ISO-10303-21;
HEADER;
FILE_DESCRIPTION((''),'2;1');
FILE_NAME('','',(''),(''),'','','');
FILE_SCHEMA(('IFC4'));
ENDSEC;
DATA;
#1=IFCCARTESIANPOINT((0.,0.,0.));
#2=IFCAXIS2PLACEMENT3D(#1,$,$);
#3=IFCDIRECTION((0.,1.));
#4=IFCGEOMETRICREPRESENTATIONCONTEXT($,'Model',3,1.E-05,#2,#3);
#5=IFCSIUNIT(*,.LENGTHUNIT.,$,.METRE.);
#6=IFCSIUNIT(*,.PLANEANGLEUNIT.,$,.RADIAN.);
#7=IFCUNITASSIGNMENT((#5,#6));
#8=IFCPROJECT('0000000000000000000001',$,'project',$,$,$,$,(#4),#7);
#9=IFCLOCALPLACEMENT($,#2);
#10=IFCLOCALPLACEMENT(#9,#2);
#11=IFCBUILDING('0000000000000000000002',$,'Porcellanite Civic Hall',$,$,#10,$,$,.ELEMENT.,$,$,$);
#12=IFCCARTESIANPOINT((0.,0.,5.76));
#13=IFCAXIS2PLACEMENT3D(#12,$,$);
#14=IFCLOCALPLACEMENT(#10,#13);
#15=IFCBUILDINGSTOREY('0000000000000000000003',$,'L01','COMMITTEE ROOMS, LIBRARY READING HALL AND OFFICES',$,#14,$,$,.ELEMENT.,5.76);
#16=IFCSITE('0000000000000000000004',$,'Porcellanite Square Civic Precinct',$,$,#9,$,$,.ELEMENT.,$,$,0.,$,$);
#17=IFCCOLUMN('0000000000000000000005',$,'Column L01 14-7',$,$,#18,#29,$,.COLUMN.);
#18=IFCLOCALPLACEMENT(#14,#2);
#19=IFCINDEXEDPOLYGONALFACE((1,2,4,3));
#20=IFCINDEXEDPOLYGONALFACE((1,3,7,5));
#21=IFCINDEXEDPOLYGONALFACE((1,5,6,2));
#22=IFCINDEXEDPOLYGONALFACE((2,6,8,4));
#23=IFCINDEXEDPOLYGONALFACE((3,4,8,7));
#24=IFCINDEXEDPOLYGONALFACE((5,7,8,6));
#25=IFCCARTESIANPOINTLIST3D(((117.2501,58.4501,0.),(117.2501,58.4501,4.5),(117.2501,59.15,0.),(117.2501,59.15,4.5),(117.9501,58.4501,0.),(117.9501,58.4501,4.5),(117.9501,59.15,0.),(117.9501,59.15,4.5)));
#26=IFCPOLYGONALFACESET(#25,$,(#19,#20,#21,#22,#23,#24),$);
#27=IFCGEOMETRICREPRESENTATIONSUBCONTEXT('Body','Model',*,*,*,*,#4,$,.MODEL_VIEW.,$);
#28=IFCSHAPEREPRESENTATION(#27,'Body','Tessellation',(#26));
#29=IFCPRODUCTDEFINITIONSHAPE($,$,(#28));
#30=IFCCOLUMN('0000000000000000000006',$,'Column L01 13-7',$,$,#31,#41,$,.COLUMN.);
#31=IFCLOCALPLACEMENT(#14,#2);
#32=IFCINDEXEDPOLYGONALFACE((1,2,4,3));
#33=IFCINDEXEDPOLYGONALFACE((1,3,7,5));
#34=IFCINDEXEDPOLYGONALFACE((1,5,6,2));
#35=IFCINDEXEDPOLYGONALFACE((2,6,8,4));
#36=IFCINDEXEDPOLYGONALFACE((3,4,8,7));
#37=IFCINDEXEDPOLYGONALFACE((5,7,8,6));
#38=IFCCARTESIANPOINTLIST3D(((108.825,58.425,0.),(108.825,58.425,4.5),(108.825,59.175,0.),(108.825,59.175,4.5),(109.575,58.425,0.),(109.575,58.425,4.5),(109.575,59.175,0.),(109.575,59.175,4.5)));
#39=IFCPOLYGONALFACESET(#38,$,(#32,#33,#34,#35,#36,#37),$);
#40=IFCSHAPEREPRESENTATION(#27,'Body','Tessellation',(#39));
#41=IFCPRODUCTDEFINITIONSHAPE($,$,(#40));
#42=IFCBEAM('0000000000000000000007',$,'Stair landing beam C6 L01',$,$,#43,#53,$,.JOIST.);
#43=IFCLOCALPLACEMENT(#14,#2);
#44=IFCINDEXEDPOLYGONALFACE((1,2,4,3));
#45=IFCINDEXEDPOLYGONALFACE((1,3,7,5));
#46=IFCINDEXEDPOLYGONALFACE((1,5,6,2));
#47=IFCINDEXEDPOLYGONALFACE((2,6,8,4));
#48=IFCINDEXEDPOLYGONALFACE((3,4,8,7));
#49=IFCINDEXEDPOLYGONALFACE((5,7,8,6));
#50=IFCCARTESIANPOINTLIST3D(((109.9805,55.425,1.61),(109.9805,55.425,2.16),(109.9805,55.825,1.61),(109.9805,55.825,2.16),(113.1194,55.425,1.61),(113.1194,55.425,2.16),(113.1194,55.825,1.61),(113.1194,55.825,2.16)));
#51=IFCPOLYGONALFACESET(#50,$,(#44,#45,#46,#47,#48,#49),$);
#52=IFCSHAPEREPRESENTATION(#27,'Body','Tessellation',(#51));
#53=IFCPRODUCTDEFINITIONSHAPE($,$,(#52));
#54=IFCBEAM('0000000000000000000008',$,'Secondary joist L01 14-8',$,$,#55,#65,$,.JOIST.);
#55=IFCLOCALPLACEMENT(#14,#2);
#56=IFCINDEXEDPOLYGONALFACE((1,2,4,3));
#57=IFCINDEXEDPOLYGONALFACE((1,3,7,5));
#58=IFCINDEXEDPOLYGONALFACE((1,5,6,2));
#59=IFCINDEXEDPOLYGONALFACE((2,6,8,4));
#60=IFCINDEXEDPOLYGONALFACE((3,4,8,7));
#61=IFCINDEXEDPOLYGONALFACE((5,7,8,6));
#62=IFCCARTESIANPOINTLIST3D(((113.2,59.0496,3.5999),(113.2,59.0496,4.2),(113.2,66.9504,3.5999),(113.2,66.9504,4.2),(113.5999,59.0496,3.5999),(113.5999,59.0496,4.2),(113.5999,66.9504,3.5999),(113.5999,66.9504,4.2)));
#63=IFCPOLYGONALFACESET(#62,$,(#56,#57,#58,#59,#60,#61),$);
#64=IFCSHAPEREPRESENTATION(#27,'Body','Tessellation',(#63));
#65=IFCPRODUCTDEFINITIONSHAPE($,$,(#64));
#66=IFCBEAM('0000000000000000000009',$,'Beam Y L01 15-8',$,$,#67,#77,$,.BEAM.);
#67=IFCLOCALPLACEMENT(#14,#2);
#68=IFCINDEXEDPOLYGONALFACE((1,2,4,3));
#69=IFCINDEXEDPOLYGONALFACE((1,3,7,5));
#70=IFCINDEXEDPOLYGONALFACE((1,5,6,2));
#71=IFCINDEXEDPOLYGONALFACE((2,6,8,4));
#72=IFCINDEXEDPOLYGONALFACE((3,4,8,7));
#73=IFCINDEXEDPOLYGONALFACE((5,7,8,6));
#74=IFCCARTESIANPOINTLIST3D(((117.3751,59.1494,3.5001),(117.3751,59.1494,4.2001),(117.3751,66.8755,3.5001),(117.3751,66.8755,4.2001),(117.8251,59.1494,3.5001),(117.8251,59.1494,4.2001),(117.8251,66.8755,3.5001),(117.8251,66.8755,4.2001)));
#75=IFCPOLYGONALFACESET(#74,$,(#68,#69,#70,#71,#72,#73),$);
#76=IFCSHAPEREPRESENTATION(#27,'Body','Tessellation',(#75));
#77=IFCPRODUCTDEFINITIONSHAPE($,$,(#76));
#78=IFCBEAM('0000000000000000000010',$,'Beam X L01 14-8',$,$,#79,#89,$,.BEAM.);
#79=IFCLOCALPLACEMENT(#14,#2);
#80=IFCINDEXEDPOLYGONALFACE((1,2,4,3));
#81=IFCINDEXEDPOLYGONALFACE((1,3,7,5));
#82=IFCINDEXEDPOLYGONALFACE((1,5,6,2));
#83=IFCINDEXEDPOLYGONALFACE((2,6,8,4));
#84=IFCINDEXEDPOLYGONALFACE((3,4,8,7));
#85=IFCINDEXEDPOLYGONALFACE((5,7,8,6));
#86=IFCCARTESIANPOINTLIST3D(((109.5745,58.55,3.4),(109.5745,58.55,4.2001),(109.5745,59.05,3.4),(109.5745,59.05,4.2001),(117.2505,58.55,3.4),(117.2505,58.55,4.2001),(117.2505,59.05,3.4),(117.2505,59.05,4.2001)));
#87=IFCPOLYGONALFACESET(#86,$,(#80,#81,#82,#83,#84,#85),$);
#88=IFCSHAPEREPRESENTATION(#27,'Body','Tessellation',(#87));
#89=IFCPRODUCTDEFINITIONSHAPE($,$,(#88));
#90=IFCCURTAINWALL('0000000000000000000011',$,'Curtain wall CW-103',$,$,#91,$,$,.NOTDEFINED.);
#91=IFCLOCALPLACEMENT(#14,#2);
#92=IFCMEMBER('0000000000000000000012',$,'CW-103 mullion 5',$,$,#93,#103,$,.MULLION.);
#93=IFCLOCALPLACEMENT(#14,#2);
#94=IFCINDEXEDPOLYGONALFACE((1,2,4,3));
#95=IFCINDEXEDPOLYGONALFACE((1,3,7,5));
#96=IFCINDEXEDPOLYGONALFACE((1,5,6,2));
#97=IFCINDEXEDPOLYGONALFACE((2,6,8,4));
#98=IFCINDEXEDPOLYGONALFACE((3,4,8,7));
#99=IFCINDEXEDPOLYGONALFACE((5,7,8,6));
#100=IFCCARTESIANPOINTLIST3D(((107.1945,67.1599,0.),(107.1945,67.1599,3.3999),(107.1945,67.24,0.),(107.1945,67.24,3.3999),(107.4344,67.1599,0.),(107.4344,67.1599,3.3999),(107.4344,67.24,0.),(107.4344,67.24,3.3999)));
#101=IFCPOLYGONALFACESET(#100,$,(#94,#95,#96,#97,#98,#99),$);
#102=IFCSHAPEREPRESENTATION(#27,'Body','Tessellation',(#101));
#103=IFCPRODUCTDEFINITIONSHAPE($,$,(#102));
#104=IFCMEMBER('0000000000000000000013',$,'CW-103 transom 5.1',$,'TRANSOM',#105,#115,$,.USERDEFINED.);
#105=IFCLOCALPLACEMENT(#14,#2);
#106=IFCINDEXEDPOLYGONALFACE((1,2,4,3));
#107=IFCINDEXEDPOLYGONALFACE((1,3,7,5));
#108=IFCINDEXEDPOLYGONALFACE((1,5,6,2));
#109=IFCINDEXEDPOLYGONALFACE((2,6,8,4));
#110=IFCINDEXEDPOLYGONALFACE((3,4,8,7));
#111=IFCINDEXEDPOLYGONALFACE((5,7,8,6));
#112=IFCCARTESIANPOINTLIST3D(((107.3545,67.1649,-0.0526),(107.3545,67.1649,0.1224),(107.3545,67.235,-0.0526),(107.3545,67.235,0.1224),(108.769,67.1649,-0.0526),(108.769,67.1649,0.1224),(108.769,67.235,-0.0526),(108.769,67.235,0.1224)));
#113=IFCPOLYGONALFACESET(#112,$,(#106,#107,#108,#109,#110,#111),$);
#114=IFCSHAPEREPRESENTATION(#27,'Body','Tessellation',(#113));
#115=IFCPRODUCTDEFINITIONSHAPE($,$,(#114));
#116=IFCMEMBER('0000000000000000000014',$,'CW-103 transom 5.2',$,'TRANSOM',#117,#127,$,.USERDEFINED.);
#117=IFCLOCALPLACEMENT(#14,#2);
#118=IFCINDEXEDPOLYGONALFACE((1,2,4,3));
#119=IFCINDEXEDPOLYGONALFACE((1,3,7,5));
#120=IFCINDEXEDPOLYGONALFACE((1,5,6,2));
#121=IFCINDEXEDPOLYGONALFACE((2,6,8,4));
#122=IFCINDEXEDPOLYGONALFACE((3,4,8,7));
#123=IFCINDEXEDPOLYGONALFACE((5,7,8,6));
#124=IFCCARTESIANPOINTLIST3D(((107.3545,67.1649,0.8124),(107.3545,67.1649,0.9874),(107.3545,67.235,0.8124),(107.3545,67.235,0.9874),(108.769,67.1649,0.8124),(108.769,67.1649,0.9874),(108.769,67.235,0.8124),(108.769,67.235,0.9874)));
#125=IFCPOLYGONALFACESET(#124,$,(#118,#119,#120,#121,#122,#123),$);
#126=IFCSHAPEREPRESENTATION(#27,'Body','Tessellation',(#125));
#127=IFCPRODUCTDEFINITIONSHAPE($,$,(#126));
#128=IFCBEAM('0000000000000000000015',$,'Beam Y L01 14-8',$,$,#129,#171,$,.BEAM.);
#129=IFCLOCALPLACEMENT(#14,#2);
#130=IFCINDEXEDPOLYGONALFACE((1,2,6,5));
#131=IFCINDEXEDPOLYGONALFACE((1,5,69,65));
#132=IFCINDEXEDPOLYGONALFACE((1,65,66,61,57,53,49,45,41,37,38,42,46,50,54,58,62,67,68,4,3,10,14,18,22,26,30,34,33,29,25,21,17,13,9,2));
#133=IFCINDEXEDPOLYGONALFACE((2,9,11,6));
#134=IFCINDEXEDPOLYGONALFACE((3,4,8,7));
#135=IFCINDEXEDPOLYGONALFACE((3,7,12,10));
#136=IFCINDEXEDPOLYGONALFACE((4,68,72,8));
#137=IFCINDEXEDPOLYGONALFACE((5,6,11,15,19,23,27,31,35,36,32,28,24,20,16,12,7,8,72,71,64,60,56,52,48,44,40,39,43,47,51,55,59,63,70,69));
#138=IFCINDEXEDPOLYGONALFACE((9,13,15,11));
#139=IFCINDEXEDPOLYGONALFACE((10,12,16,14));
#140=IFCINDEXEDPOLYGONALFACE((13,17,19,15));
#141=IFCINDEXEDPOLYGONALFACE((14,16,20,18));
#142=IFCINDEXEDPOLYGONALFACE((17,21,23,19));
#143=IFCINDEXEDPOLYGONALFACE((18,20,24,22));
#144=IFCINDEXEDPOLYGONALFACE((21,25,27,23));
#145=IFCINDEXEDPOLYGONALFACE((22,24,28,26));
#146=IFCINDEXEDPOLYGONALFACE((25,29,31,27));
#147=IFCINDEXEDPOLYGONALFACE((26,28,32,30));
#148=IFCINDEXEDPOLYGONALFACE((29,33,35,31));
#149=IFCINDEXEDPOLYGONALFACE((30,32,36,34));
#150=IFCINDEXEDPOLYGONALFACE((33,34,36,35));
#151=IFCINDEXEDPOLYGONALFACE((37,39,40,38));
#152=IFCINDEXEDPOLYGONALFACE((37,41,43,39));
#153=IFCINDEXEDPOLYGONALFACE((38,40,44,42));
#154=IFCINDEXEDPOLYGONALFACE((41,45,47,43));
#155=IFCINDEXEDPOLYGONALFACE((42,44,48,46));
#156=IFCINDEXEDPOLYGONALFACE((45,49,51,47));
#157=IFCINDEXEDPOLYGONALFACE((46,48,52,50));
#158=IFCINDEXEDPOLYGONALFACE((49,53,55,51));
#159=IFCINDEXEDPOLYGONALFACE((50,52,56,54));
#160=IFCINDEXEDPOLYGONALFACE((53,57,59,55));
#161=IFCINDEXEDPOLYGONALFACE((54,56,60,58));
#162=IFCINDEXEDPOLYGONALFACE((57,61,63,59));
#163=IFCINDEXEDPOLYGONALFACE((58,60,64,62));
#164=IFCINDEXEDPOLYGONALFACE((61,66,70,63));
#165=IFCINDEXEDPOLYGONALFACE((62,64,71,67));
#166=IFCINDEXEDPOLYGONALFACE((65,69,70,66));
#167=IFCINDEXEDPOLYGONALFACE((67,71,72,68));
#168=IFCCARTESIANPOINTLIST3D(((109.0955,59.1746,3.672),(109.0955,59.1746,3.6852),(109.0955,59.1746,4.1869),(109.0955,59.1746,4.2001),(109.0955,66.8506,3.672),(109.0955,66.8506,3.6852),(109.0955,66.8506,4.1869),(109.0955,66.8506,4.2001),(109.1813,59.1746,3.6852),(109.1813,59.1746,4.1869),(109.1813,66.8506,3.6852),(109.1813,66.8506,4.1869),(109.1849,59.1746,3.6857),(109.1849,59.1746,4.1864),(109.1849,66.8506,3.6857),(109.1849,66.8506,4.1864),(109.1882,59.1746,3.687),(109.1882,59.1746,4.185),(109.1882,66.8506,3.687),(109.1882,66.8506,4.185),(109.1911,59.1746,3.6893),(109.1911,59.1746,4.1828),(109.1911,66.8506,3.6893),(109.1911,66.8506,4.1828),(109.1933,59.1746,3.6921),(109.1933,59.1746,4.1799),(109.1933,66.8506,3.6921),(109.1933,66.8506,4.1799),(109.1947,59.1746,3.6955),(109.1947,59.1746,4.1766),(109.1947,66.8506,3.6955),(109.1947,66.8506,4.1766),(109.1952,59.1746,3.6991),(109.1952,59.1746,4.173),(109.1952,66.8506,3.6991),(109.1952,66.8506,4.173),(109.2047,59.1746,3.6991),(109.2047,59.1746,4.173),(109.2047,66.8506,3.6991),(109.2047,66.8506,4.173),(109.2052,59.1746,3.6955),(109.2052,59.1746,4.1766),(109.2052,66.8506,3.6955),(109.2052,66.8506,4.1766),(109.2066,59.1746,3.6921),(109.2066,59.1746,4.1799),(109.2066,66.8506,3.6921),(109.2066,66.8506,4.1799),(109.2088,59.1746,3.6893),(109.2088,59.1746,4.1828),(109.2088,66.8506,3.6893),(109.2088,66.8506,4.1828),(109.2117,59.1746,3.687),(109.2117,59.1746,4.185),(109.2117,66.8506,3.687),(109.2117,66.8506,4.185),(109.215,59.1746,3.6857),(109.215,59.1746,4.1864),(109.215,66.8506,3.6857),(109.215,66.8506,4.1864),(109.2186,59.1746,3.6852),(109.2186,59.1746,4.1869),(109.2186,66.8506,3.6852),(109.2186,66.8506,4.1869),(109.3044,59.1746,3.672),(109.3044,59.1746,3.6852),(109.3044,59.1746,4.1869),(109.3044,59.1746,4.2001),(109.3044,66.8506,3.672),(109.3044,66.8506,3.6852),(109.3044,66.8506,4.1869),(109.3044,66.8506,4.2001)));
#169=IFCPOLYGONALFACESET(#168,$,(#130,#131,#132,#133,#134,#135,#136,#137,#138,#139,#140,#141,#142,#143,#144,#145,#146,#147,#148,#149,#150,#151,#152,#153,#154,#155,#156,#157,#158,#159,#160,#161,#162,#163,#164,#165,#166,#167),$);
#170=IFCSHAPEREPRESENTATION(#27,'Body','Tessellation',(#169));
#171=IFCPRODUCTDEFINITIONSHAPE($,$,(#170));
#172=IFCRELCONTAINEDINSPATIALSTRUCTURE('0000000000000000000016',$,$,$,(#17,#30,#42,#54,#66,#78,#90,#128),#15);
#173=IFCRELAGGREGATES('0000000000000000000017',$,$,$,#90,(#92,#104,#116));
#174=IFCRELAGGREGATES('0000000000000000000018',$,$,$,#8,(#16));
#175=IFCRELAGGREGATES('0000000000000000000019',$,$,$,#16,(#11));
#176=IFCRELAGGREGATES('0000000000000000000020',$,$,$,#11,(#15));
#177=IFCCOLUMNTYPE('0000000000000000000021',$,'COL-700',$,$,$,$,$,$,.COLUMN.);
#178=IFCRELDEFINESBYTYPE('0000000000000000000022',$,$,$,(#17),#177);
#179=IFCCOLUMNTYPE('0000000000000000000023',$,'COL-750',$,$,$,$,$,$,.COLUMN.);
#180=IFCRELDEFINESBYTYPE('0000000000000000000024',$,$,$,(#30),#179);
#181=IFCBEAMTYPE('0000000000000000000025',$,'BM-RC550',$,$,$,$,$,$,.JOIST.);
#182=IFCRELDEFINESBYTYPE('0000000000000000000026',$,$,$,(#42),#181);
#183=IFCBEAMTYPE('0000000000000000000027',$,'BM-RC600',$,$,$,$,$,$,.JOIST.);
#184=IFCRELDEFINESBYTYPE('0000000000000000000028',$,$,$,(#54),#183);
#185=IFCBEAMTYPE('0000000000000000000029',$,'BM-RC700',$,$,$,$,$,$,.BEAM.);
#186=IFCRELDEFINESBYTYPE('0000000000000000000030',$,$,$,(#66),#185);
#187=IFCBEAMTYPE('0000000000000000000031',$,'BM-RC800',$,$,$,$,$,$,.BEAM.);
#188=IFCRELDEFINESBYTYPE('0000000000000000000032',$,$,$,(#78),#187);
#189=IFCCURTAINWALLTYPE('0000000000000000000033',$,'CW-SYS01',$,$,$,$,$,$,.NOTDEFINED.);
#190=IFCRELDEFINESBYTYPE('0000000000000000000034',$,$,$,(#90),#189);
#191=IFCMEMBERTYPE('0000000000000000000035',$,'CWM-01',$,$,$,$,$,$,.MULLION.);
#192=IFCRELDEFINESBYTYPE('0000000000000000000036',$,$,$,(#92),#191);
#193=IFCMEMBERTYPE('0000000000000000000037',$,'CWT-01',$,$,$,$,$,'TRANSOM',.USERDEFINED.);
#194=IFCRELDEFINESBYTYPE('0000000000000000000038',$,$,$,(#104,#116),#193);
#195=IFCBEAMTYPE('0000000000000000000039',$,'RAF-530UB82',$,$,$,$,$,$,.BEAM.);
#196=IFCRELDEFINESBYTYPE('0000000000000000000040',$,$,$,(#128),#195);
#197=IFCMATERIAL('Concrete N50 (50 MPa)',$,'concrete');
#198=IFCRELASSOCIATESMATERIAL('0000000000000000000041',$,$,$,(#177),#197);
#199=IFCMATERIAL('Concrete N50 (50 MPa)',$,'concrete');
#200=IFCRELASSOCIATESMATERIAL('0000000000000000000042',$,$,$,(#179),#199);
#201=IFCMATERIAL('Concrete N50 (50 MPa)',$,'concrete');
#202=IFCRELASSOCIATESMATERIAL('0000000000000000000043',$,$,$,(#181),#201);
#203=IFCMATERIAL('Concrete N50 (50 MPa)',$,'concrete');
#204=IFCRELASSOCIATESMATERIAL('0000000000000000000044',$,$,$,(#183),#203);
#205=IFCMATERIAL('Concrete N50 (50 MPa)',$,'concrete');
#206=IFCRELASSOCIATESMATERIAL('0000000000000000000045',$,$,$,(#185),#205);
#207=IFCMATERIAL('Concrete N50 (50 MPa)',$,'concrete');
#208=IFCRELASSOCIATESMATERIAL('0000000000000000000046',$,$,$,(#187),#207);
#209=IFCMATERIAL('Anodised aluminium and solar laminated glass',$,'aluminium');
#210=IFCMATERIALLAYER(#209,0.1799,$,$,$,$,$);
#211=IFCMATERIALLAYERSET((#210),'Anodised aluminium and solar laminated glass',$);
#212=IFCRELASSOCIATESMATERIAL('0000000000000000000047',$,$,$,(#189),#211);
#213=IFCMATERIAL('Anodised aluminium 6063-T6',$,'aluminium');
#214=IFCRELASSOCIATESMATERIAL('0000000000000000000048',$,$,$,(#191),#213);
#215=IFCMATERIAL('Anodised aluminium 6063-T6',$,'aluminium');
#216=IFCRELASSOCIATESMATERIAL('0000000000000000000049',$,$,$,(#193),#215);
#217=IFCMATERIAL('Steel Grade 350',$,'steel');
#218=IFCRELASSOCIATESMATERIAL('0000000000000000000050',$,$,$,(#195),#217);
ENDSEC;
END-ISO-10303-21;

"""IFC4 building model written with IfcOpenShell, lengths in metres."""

from ifc_helpers import new_model, si_unit, direction, frame, origin, origin_2d, place, context, subcontext, project, spatial, rectangle, i_section, extrude, material, layer, layer_set, material_profile, profile_set, type_object, element, aggregate, save


model = new_model("IFC4")

# Units and contexts
model_context = context("Model", 3, precision=1e-05, world=origin(), true_north=direction((0.0, 1.0)))
body_context = subcontext(model_context, "Body", "Model", "MODEL_VIEW")
ifc_project = project(units=[si_unit("LENGTHUNIT", "METRE"), si_unit("PLANEANGLEUNIT", "RADIAN")], contexts=[model_context])

# Site, building, storey
site_placement = place(None, origin())
site = spatial("IfcSite", under=ifc_project, at=site_placement, Name="Porcellanite Square Civic Precinct", CompositionType="ELEMENT", RefElevation=0.0)
building_placement = place(site_placement, origin())
building = spatial("IfcBuilding", under=site, at=building_placement, Name="Porcellanite Civic Hall", CompositionType="ELEMENT")
storey_placement = place(building_placement, frame((0.0, 0.0, 5.76)))
storey = spatial("IfcBuildingStorey", under=building, at=storey_placement, Name="L01", Description="COMMITTEE ROOMS, LIBRARY READING HALL AND OFFICES", CompositionType="ELEMENT", Elevation=5.76)

# Columns
ifc_material_1 = material(Name="Concrete N50 (50 MPa)", Category="concrete")
ifc_material_profile_1 = material_profile(ifc_material_1, rectangle(XDim=0.7, YDim=0.7, at=origin_2d()), Name="RC-700x700")
ifc_profile_set_1 = profile_set([ifc_material_profile_1], Name="Concrete N50 (50 MPa)")
column_type_1 = type_object("IfcColumnType", Name="COL-700", PredefinedType="COLUMN", material=ifc_profile_set_1)
column_1_placement = place(storey_placement, frame((117.6001, 58.8, 0.0), z_axis=(0.0, 0.0, 1.0), x_axis=(1.0, 0.0, 0.0)))
element("IfcColumn", 1, at=column_1_placement, inside=storey, type_object=column_type_1, Name="Column L01 14-7", PredefinedType="COLUMN", context=body_context, shape_type="SweptSolid", body=[
    extrude(rectangle(XDim=0.7, YDim=0.7, at=origin_2d()), origin(), (0.0, 0.0, 1.0), 4.5),
])
ifc_material_2 = material(Name="Concrete N50 (50 MPa)", Category="concrete")
ifc_material_profile_2 = material_profile(ifc_material_2, rectangle(XDim=0.75, YDim=0.75, at=origin_2d()), Name="RC-750x750")
ifc_profile_set_2 = profile_set([ifc_material_profile_2], Name="Concrete N50 (50 MPa)")
column_type_2 = type_object("IfcColumnType", Name="COL-750", PredefinedType="COLUMN", material=ifc_profile_set_2)
column_2_placement = place(storey_placement, frame((109.2, 58.8, 0.0), z_axis=(0.0, 0.0, 1.0), x_axis=(1.0, 0.0, 0.0)))
element("IfcColumn", 2, at=column_2_placement, inside=storey, type_object=column_type_2, Name="Column L01 13-7", PredefinedType="COLUMN", context=body_context, shape_type="SweptSolid", body=[
    extrude(rectangle(XDim=0.75, YDim=0.75, at=origin_2d()), origin(), (0.0, 0.0, 1.0), 4.5),
])

# Beams
ifc_material_3 = material(Name="Concrete N50 (50 MPa)", Category="concrete")
ifc_material_profile_3 = material_profile(ifc_material_3, rectangle(XDim=0.3999, YDim=0.55, at=origin_2d()), Name="RC-400x550")
ifc_profile_set_3 = profile_set([ifc_material_profile_3], Name="Concrete N50 (50 MPa)")
beam_type_1 = type_object("IfcBeamType", Name="BM-RC550", PredefinedType="JOIST", material=ifc_profile_set_3)
beam_1_placement = place(storey_placement, frame((109.9805, 55.625, 1.885), z_axis=(1.0, 0.0, 0.0), x_axis=(0.0, 1.0, 0.0)))
element("IfcBeam", 3, at=beam_1_placement, inside=storey, type_object=beam_type_1, Name="Stair landing beam C6 L01", PredefinedType="JOIST", context=body_context, shape_type="SweptSolid", body=[
    extrude(rectangle(XDim=0.3999, YDim=0.55, at=origin_2d()), origin(), (0.0, 0.0, 1.0), 3.1389),
])
ifc_material_4 = material(Name="Concrete N50 (50 MPa)", Category="concrete")
ifc_material_profile_4 = material_profile(ifc_material_4, rectangle(XDim=0.3999, YDim=0.6001, at=origin_2d()), Name="RC-400x600")
ifc_profile_set_4 = profile_set([ifc_material_profile_4], Name="Concrete N50 (50 MPa)")
beam_type_2 = type_object("IfcBeamType", Name="BM-RC600", PredefinedType="JOIST", material=ifc_profile_set_4)
beam_2_placement = place(storey_placement, frame((113.3999, 59.0496, 3.8999), z_axis=(0.0, 1.0, 0.0), x_axis=(-1.0, 0.0, 0.0)))
element("IfcBeam", 4, at=beam_2_placement, inside=storey, type_object=beam_type_2, Name="Secondary joist L01 14-8", PredefinedType="JOIST", context=body_context, shape_type="SweptSolid", body=[
    extrude(rectangle(XDim=0.3999, YDim=0.6001, at=origin_2d()), origin(), (0.0, 0.0, 1.0), 7.9009),
])
ifc_material_5 = material(Name="Concrete N50 (50 MPa)", Category="concrete")
ifc_material_profile_5 = material_profile(ifc_material_5, rectangle(XDim=0.45, YDim=0.7, at=origin_2d()), Name="RC-450x700")
ifc_profile_set_5 = profile_set([ifc_material_profile_5], Name="Concrete N50 (50 MPa)")
beam_type_3 = type_object("IfcBeamType", Name="BM-RC700", PredefinedType="BEAM", material=ifc_profile_set_5)
beam_3_placement = place(storey_placement, frame((117.6001, 59.1494, 3.8501), z_axis=(0.0, 1.0, 0.0), x_axis=(-1.0, 0.0, 0.0)))
element("IfcBeam", 5, at=beam_3_placement, inside=storey, type_object=beam_type_3, Name="Beam Y L01 15-8", PredefinedType="BEAM", context=body_context, shape_type="SweptSolid", body=[
    extrude(rectangle(XDim=0.45, YDim=0.7, at=origin_2d()), origin(), (0.0, 0.0, 1.0), 7.7261),
])
ifc_material_6 = material(Name="Concrete N50 (50 MPa)", Category="concrete")
ifc_material_profile_6 = material_profile(ifc_material_6, rectangle(XDim=0.5, YDim=0.8, at=origin_2d()), Name="RC-500x800")
ifc_profile_set_6 = profile_set([ifc_material_profile_6], Name="Concrete N50 (50 MPa)")
beam_type_4 = type_object("IfcBeamType", Name="BM-RC800", PredefinedType="BEAM", material=ifc_profile_set_6)
beam_4_placement = place(storey_placement, frame((109.5745, 58.8, 3.8), z_axis=(1.0, 0.0, 0.0), x_axis=(0.0, 1.0, 0.0)))
element("IfcBeam", 6, at=beam_4_placement, inside=storey, type_object=beam_type_4, Name="Beam X L01 14-8", PredefinedType="BEAM", context=body_context, shape_type="SweptSolid", body=[
    extrude(rectangle(XDim=0.5, YDim=0.8, at=origin_2d()), origin(), (0.0, 0.0, 1.0), 7.676),
])

# Curtain wall, members
ifc_material_7 = material(Name="Anodised aluminium and solar laminated glass", Category="aluminium")
ifc_layer_1 = layer(ifc_material_7, 0.1799)
ifc_layer_set_1 = layer_set([ifc_layer_1], Name="Anodised aluminium and solar laminated glass")
curtain_wall_type = type_object("IfcCurtainWallType", Name="CW-SYS01", PredefinedType="NOTDEFINED", material=ifc_layer_set_1)
curtain_wall_placement = place(storey_placement, origin())
curtain_wall = element("IfcCurtainWall", 7, at=curtain_wall_placement, inside=storey, type_object=curtain_wall_type, Name="Curtain wall CW-103", PredefinedType="NOTDEFINED")
ifc_material_8 = material(Name="Anodised aluminium 6063-T6", Category="aluminium")
ifc_material_profile_7 = material_profile(ifc_material_8, rectangle(XDim=0.0801, YDim=0.24, at=origin_2d()), Name="AL-80x240")
ifc_profile_set_7 = profile_set([ifc_material_profile_7], Name="Anodised aluminium 6063-T6")
member_type_1 = type_object("IfcMemberType", Name="CWM-01", PredefinedType="MULLION", material=ifc_profile_set_7)
member_1_placement = place(storey_placement, frame((107.3145, 67.2, 0.0), z_axis=(0.0, 0.0, 1.0), x_axis=(0.0, 1.0, 0.0)))
member_1 = element("IfcMember", 8, at=member_1_placement, type_object=member_type_1, Name="CW-103 mullion 5", PredefinedType="MULLION", context=body_context, shape_type="SweptSolid", body=[
    extrude(rectangle(XDim=0.0801, YDim=0.24, at=origin_2d()), origin(), (0.0, 0.0, 1.0), 3.3999),
])
ifc_material_9 = material(Name="Anodised aluminium 6063-T6", Category="aluminium")
ifc_material_profile_8 = material_profile(ifc_material_9, rectangle(XDim=0.0701, YDim=0.175, at=origin_2d()), Name="AL-70x175")
ifc_profile_set_8 = profile_set([ifc_material_profile_8], Name="Anodised aluminium 6063-T6")
member_type_2 = type_object("IfcMemberType", Name="CWT-01", ElementType="TRANSOM", PredefinedType="USERDEFINED", material=ifc_profile_set_8)
member_2_placement = place(storey_placement, frame((107.3545, 67.2, 0.0349), z_axis=(1.0, 0.0, 0.0), x_axis=(0.0, 1.0, 0.0)))
member_2 = element("IfcMember", 9, at=member_2_placement, type_object=member_type_2, Name="CW-103 transom 5.1", ObjectType="TRANSOM", PredefinedType="USERDEFINED", context=body_context, shape_type="SweptSolid", body=[
    extrude(rectangle(XDim=0.0701, YDim=0.175, at=origin_2d()), origin(), (0.0, 0.0, 1.0), 1.4146),
])
member_3_placement = place(storey_placement, frame((107.3545, 67.2, 0.8999), z_axis=(1.0, 0.0, 0.0), x_axis=(0.0, 1.0, 0.0)))
member_3 = element("IfcMember", 10, at=member_3_placement, type_object=member_type_2, Name="CW-103 transom 5.2", ObjectType="TRANSOM", PredefinedType="USERDEFINED", context=body_context, shape_type="SweptSolid", body=[
    extrude(rectangle(XDim=0.0701, YDim=0.175, at=origin_2d()), origin(), (0.0, 0.0, 1.0), 1.4146),
])

# Beam
ifc_material_10 = material(Name="Steel Grade 350", Category="steel")
ifc_material_profile_9 = material_profile(ifc_material_10, i_section(OverallWidth=0.209, OverallDepth=0.5281, WebThickness=0.0095, FlangeThickness=0.0132, FilletRadius=0.0139, at=origin_2d()), Name="530UB82.0")
ifc_profile_set_9 = profile_set([ifc_material_profile_9], Name="Steel Grade 350")
beam_type_5 = type_object("IfcBeamType", Name="RAF-530UB82", PredefinedType="BEAM", material=ifc_profile_set_9)
beam_5_placement = place(storey_placement, frame((109.2, 59.1746, 3.936), z_axis=(0.0, 1.0, 0.0), x_axis=(-1.0, 0.0, 0.0)))
element("IfcBeam", 11, at=beam_5_placement, inside=storey, type_object=beam_type_5, Name="Beam Y L01 14-8", PredefinedType="BEAM", context=body_context, shape_type="SweptSolid", body=[
    extrude(i_section(OverallWidth=0.209, OverallDepth=0.5281, WebThickness=0.0095, FlangeThickness=0.0132, FilletRadius=0.0139, at=origin_2d()), origin(), (0.0, 0.0, 1.0), 7.676),
])

aggregate(curtain_wall, [member_1, member_2, member_3])

save(model, "model.ifc")
